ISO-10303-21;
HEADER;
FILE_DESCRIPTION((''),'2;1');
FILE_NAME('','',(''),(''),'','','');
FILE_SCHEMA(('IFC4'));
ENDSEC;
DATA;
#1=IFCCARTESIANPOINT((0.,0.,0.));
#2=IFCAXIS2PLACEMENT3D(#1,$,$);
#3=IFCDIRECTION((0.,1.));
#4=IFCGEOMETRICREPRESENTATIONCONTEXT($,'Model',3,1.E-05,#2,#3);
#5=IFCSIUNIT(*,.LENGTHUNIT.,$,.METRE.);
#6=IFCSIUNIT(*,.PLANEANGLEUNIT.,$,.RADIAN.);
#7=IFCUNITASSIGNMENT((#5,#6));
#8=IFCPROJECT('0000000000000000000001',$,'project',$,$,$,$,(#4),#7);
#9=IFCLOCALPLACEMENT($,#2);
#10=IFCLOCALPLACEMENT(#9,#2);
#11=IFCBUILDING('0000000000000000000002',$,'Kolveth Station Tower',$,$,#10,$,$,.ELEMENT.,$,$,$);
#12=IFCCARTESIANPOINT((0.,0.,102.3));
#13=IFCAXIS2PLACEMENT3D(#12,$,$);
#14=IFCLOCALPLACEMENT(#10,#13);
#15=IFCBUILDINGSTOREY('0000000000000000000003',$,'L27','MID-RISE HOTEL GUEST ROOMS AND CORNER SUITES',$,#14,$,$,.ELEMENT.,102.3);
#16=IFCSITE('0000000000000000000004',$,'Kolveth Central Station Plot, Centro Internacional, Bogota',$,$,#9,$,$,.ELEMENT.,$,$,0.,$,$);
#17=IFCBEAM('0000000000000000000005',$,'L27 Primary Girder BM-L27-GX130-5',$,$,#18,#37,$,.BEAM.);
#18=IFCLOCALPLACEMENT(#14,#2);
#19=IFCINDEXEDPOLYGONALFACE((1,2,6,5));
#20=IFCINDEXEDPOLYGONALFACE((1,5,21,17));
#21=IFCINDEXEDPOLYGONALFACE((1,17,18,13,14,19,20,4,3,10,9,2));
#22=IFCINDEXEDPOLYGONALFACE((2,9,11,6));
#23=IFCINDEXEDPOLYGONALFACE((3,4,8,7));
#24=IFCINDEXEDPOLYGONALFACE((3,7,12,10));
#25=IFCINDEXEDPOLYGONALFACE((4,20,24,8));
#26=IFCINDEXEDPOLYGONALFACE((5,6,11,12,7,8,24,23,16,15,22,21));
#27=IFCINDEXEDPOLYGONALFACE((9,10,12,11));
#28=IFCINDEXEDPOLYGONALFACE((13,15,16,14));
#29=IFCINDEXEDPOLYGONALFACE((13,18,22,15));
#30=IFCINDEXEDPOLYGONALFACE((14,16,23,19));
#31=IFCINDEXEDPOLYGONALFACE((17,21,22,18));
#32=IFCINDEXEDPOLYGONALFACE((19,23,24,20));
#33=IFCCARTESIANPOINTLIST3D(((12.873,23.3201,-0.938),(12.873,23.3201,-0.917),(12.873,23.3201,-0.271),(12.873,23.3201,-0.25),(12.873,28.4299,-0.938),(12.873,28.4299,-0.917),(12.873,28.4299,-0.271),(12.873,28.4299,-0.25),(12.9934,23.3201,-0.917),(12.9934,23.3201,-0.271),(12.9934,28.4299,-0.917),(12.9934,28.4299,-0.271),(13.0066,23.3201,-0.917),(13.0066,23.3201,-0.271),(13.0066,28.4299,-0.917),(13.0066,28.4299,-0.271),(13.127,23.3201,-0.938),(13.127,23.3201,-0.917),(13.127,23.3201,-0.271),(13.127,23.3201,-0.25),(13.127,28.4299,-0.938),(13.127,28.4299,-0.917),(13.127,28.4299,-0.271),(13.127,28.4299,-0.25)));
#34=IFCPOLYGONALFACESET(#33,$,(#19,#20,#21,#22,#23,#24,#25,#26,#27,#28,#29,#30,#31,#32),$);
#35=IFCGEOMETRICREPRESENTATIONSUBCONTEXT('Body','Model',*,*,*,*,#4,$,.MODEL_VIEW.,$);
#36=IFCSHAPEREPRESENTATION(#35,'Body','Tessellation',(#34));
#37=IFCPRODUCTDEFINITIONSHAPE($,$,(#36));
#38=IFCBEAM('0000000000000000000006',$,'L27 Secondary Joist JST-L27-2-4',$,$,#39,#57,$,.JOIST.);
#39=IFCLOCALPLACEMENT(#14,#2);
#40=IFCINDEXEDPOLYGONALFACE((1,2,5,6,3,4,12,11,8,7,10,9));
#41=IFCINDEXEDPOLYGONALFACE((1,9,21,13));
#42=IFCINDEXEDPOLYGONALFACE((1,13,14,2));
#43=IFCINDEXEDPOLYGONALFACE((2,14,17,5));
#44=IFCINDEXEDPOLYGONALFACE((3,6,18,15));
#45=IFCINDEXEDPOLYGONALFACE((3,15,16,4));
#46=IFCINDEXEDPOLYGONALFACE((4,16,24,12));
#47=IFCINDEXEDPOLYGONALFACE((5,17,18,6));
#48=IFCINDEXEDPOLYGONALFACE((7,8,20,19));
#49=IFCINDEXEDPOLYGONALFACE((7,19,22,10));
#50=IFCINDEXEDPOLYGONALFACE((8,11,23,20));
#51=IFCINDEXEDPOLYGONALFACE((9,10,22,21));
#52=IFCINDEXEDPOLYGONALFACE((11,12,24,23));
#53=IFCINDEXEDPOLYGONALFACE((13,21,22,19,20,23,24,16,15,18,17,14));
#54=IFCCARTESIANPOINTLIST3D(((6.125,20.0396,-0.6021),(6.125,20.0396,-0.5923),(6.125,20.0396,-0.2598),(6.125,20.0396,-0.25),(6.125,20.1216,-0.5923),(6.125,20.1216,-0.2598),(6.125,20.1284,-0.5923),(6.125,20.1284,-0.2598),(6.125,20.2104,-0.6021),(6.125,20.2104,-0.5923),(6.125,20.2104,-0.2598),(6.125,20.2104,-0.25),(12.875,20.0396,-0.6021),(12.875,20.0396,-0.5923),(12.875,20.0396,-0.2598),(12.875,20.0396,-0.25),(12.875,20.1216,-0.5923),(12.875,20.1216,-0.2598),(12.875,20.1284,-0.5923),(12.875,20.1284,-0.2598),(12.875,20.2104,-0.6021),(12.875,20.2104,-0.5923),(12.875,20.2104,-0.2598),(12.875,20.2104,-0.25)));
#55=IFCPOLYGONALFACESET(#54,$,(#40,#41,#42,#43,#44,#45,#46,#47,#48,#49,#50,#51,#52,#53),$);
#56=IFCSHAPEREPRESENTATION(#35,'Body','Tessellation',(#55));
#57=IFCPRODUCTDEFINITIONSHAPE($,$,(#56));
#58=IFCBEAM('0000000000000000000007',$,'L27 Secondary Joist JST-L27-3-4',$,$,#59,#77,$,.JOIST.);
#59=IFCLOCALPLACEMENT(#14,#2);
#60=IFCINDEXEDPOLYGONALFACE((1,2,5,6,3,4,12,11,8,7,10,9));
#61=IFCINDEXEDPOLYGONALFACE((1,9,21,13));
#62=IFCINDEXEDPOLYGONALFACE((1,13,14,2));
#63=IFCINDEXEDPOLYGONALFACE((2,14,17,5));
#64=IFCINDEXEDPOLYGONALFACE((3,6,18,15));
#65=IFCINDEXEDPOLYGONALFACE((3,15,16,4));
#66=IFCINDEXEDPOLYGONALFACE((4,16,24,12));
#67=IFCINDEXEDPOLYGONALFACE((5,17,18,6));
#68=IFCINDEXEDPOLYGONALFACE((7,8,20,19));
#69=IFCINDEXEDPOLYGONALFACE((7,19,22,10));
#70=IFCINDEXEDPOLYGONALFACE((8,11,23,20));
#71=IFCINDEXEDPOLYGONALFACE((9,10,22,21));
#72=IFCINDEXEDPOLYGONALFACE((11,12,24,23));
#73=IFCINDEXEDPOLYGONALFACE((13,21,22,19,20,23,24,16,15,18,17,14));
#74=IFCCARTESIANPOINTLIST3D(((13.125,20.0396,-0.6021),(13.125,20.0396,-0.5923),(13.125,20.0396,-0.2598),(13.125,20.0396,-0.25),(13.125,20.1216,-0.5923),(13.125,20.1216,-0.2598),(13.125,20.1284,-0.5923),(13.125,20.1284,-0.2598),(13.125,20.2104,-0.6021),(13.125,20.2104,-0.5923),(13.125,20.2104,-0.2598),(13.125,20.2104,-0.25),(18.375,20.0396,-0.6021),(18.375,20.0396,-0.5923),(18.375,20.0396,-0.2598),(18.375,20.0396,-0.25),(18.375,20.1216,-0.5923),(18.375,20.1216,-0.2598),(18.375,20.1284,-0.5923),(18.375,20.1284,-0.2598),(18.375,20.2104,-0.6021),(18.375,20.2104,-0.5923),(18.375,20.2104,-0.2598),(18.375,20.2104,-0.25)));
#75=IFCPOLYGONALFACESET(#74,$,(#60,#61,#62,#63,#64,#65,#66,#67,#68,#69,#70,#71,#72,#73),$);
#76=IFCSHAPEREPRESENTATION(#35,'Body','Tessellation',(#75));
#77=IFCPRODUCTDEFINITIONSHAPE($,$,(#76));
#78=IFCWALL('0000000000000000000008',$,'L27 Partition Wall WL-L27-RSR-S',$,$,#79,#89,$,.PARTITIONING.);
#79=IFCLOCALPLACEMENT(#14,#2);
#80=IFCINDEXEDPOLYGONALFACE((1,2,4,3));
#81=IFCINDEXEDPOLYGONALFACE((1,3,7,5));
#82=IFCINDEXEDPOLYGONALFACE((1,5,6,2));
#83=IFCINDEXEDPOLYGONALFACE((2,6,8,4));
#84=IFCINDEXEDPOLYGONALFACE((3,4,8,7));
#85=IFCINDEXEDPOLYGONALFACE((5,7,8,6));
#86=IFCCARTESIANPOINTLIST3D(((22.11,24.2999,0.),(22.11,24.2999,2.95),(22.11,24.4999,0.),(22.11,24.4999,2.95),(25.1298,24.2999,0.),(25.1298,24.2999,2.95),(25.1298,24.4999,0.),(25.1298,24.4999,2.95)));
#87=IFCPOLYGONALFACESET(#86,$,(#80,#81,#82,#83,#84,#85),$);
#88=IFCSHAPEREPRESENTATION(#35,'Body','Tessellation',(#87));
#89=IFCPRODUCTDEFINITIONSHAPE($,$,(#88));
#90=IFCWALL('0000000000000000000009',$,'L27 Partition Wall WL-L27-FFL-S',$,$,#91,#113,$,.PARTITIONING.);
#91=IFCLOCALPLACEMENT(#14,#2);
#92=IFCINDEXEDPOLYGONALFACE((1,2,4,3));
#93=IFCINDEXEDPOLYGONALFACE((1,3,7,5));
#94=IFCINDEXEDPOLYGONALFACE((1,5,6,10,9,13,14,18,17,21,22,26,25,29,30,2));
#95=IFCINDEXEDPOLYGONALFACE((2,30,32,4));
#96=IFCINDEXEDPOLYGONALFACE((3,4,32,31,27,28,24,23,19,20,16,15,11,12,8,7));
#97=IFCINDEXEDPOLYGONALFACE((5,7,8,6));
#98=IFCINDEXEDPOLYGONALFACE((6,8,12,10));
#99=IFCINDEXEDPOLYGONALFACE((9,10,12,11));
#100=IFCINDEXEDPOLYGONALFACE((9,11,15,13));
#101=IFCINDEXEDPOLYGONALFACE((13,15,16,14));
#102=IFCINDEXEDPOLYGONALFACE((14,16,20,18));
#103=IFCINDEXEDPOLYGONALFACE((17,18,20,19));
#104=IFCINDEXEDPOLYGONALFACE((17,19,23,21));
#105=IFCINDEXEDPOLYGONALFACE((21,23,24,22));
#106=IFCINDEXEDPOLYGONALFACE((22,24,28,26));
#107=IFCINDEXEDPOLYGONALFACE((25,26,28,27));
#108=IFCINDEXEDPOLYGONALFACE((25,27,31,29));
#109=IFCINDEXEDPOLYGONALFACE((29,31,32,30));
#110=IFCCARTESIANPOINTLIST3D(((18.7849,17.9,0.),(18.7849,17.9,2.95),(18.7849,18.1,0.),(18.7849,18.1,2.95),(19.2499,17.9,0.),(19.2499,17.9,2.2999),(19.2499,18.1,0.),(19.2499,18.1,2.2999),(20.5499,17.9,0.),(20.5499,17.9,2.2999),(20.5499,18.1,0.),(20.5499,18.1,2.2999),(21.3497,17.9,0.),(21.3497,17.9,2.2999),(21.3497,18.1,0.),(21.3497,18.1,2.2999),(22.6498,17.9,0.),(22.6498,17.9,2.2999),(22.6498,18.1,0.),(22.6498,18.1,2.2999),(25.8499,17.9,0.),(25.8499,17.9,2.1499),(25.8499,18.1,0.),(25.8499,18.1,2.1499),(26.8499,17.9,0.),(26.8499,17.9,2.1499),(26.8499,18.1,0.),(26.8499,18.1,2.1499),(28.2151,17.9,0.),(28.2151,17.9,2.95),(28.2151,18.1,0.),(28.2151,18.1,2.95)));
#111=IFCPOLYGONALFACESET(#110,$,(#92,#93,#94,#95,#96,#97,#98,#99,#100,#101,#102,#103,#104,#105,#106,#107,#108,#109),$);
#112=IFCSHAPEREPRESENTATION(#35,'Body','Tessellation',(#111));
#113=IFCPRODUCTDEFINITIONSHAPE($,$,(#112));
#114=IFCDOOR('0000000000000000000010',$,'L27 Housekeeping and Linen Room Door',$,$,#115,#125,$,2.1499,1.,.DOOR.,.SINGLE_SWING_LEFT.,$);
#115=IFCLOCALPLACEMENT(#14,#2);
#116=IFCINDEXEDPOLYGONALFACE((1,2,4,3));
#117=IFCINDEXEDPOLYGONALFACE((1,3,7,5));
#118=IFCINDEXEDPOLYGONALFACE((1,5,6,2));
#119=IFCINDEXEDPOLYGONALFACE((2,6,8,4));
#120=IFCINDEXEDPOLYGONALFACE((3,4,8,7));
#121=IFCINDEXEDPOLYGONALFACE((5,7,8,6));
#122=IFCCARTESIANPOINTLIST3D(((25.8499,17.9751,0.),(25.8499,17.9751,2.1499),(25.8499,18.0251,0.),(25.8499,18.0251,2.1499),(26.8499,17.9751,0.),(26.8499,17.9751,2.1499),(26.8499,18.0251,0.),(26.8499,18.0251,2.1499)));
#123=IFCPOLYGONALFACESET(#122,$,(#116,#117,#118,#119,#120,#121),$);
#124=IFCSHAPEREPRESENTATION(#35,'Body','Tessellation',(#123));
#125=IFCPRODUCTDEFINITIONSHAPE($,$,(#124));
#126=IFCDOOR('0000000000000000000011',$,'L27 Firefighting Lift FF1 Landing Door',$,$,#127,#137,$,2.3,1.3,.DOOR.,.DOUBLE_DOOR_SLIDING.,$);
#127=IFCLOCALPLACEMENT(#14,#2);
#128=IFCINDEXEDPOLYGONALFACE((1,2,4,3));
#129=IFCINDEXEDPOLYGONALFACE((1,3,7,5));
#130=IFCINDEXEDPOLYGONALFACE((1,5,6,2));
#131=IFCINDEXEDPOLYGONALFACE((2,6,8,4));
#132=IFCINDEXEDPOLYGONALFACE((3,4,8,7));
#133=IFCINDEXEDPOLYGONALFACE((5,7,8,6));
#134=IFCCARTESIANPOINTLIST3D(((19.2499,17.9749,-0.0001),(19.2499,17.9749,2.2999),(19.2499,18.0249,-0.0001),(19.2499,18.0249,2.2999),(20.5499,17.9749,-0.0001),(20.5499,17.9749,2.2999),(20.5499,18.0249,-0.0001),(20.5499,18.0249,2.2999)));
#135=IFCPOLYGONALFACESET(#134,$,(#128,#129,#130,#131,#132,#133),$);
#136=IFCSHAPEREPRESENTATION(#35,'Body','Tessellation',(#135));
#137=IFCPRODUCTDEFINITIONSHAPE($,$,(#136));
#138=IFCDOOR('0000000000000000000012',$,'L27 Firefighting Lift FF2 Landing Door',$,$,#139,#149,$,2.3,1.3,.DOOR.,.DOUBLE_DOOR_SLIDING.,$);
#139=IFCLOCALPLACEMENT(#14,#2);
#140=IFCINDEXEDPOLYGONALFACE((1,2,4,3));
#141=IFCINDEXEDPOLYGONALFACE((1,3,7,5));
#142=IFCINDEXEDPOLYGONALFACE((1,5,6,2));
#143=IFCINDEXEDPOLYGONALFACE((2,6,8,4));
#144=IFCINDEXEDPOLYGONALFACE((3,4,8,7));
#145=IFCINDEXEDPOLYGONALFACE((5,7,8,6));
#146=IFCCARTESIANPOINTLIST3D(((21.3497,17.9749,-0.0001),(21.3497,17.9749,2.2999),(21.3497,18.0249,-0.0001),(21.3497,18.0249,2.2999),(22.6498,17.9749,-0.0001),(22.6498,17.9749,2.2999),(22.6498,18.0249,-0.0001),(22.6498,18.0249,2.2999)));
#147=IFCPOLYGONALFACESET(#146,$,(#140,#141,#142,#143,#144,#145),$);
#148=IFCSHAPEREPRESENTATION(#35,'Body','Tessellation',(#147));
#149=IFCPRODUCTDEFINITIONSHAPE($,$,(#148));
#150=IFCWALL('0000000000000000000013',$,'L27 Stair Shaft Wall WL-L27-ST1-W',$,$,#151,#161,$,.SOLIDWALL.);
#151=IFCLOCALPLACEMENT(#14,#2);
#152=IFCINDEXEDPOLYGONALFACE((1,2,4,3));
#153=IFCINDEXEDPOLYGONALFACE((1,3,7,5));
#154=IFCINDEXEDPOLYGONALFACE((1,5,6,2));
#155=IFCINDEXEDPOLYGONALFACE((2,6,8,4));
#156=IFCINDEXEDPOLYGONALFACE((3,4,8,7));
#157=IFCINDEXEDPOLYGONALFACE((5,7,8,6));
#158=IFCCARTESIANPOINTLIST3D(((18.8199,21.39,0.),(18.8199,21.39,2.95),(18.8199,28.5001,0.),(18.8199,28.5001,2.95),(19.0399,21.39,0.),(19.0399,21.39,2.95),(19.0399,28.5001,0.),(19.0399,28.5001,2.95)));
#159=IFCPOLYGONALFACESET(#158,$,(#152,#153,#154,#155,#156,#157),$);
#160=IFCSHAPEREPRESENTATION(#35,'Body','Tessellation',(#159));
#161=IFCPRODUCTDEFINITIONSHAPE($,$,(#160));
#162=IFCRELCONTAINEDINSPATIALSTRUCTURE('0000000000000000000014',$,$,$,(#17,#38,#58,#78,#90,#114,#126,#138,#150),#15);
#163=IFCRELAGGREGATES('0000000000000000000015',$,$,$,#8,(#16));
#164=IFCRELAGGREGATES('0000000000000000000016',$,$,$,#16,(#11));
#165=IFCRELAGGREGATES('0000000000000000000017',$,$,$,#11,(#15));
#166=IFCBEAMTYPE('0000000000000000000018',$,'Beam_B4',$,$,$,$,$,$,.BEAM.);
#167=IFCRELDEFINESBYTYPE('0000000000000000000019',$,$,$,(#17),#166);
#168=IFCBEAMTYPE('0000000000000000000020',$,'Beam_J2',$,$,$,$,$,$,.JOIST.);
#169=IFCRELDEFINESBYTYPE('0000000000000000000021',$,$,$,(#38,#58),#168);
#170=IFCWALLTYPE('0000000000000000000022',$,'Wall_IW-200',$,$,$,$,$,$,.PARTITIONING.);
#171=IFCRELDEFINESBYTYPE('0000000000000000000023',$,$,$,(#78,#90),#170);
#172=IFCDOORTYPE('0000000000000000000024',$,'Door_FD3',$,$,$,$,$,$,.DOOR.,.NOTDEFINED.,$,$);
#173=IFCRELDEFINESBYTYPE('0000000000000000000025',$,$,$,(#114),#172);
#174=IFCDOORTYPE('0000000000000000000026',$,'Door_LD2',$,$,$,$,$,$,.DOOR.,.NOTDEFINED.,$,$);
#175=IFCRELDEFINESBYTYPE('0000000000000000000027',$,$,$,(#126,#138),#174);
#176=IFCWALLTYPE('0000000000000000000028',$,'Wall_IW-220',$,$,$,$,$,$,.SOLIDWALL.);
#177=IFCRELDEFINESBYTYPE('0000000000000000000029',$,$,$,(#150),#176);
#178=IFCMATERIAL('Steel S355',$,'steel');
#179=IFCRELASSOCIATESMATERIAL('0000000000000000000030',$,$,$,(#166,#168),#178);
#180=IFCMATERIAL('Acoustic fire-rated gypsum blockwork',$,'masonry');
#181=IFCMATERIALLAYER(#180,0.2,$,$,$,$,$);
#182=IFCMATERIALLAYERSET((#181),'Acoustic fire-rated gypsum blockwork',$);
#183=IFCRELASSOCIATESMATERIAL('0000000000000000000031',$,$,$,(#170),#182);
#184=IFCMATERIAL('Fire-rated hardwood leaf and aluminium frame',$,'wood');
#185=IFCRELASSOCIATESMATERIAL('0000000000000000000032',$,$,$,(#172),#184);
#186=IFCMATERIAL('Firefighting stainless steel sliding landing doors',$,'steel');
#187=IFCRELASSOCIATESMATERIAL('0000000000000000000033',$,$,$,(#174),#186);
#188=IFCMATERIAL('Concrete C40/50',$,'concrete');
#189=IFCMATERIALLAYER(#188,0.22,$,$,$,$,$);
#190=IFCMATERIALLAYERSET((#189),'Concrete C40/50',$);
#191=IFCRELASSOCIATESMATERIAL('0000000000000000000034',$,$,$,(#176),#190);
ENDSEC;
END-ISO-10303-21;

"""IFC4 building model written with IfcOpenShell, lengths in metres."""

from ifc_helpers import new_model, si_unit, direction, frame, frame_2d, origin, origin_2d, place, context, subcontext, project, spatial, rectangle, i_section, extrude, source, transform, mapped, material, layer, layer_set, material_profile, profile_set, type_object, element, fill, save


model = new_model("IFC4")

# Units and contexts
model_context = context("Model", 3, precision=1e-05, world=origin(), true_north=direction((0.0, 1.0)))
body_context = subcontext(model_context, "Body", "Model", "MODEL_VIEW")
ifc_project = project(units=[si_unit("LENGTHUNIT", "METRE"), si_unit("PLANEANGLEUNIT", "RADIAN")], contexts=[model_context])

# Site, building, storey
site_placement = place(None, origin())
site = spatial("IfcSite", under=ifc_project, at=site_placement, Name="Kolveth Central Station Plot, Centro Internacional, Bogota", CompositionType="ELEMENT", RefElevation=0.0)
building_placement = place(site_placement, origin())
building = spatial("IfcBuilding", under=site, at=building_placement, Name="Kolveth Station Tower", CompositionType="ELEMENT")
storey_placement = place(building_placement, frame((0.0, 0.0, 102.3)))
storey = spatial("IfcBuildingStorey", under=building, at=storey_placement, Name="L27", Description="MID-RISE HOTEL GUEST ROOMS AND CORNER SUITES", CompositionType="ELEMENT", Elevation=102.3)

# Shared definitions
ifc_material_1 = material(Name="Steel S355", Category="steel")

# Beams
ifc_material_profile_1 = material_profile(ifc_material_1, i_section(OverallWidth=0.2539, OverallDepth=0.688, WebThickness=0.0132, FlangeThickness=0.021, at=origin_2d()), Name="W690x152")
ifc_profile_set_1 = profile_set([ifc_material_profile_1], Name="Steel S355")
beam_type_1 = type_object("IfcBeamType", Name="Beam_B4", PredefinedType="BEAM", material=ifc_profile_set_1)
shared_shape_1 = source(origin(), body_context, "Body", "SweptSolid", [
    extrude(i_section(OverallWidth=0.2539, OverallDepth=0.688, WebThickness=0.0132, FlangeThickness=0.021, at=origin_2d()), origin(), (0.0, 0.0, 1.0), 5.1099),
])
for number, where, z_axis, x_axis, name in (
    (1, (13.0, 23.3201, -0.594), (0.0, 1.0, 0.0), (-1.0, 0.0, 0.0), "L27 Primary Girder BM-L27-GX130-5"),
):
    element("IfcBeam", number, at=place(storey_placement, frame(where, z_axis=z_axis, x_axis=x_axis)), inside=storey, type_object=beam_type_1, Name=name, PredefinedType="BEAM", context=body_context, shape_type="MappedRepresentation", body=[
        mapped(shared_shape_1, transform((0.0, 0.0, 0.0), x_axis=(1.0, 0.0, 0.0), y_axis=(0.0, 1.0, 0.0), z_axis=(0.0, 0.0, 1.0), scale=1.0)),
    ])
ifc_material_profile_2 = material_profile(ifc_material_1, i_section(OverallWidth=0.1709, OverallDepth=0.3521, WebThickness=0.0068, FlangeThickness=0.0098, at=origin_2d()), Name="W360x44")
ifc_profile_set_2 = profile_set([ifc_material_profile_2], Name="Steel S355")
beam_type_2 = type_object("IfcBeamType", Name="Beam_J2", PredefinedType="JOIST", material=ifc_profile_set_2)
shared_shape_2 = source(origin(), body_context, "Body", "SweptSolid", [
    extrude(i_section(OverallWidth=0.1709, OverallDepth=0.3521, WebThickness=0.0068, FlangeThickness=0.0098, at=origin_2d()), origin(), (0.0, 0.0, 1.0), 6.75),
])
beam_1_placement = place(storey_placement, frame((6.125, 20.125, -0.426), z_axis=(1.0, 0.0, 0.0), x_axis=(0.0, 1.0, 0.0)))
element("IfcBeam", 2, at=beam_1_placement, inside=storey, type_object=beam_type_2, Name="L27 Secondary Joist JST-L27-2-4", PredefinedType="JOIST", context=body_context, shape_type="MappedRepresentation", body=[
    mapped(shared_shape_2, transform((0.0, 0.0, 0.0), x_axis=(1.0, 0.0, 0.0), y_axis=(0.0, 1.0, 0.0), z_axis=(0.0, 0.0, 1.0), scale=1.0)),
])
shared_shape_3 = source(origin(), body_context, "Body", "SweptSolid", [
    extrude(i_section(OverallWidth=0.1709, OverallDepth=0.3521, WebThickness=0.0068, FlangeThickness=0.0098, at=origin_2d()), origin(), (0.0, 0.0, 1.0), 5.25),
])
beam_2_placement = place(storey_placement, frame((13.125, 20.125, -0.426), z_axis=(1.0, 0.0, 0.0), x_axis=(0.0, 1.0, 0.0)))
element("IfcBeam", 3, at=beam_2_placement, inside=storey, type_object=beam_type_2, Name="L27 Secondary Joist JST-L27-3-4", PredefinedType="JOIST", context=body_context, shape_type="MappedRepresentation", body=[
    mapped(shared_shape_3, transform((0.0, 0.0, 0.0), x_axis=(1.0, 0.0, 0.0), y_axis=(0.0, 1.0, 0.0), z_axis=(0.0, 0.0, 1.0), scale=1.0)),
])

# Wall
ifc_material_2 = material(Name="Acoustic fire-rated gypsum blockwork", Category="masonry")
ifc_layer_1 = layer(ifc_material_2, 0.2)
ifc_layer_set_1 = layer_set([ifc_layer_1], Name="Acoustic fire-rated gypsum blockwork")
wall_type_1 = type_object("IfcWallType", Name="Wall_IW-200", PredefinedType="PARTITIONING", material=ifc_layer_set_1)
wall_1_placement = place(storey_placement, frame((22.1101, 24.3999, 0.0), z_axis=(0.0, 0.0, 1.0), x_axis=(1.0, 0.0, 0.0)))
element("IfcWall", 4, at=wall_1_placement, inside=storey, type_object=wall_type_1, Name="L27 Partition Wall WL-L27-RSR-S", PredefinedType="PARTITIONING", context=body_context, shape_type="SweptSolid", body=[
    extrude(rectangle(XDim=3.0198, YDim=0.2, at=frame_2d((1.5098, 0.0))), origin(), (0.0, 0.0, 1.0), 2.95),
])

# Wall, openings, doors
wall_2_placement = place(storey_placement, frame((18.7849, 18.0, 0.0), z_axis=(0.0, 0.0, 1.0), x_axis=(1.0, 0.0, 0.0)))
wall_2 = element("IfcWall", 5, at=wall_2_placement, inside=storey, type_object=wall_type_1, Name="L27 Partition Wall WL-L27-FFL-S", PredefinedType="PARTITIONING", context=body_context, shape_type="SweptSolid", body=[
    extrude(rectangle(XDim=9.4302, YDim=0.2, at=frame_2d((4.7151, 0.0))), origin(), (0.0, 0.0, 1.0), 2.95),
])
opening_1_placement = place(wall_2_placement, frame((0.4651, 0.0, 0.0)))
opening_1 = element("IfcOpeningElement", 6, at=opening_1_placement, cuts=wall_2, PredefinedType="OPENING", context=body_context, shape_type="SweptSolid", body=[
    extrude(rectangle(XDim=1.3, YDim=2.3, at=frame_2d((0.6499, 1.1499))), frame((0.0, 0.1099, 0.0), z_axis=(0.0, -1.0, 0.0), x_axis=(1.0, 0.0, 0.0)), (0.0, 0.0, 1.0), 0.22),
])
opening_2_placement = place(wall_2_placement, frame((2.5649, 0.0, 0.0)))
opening_2 = element("IfcOpeningElement", 7, at=opening_2_placement, cuts=wall_2, PredefinedType="OPENING", context=body_context, shape_type="SweptSolid", body=[
    extrude(rectangle(XDim=1.3, YDim=2.3, at=frame_2d((0.6499, 1.1499))), frame((0.0, 0.1099, 0.0), z_axis=(0.0, -1.0, 0.0), x_axis=(1.0, 0.0, 0.0)), (0.0, 0.0, 1.0), 0.22),
])
opening_3_placement = place(wall_2_placement, frame((7.0649, 0.0, 0.0)))
opening_3 = element("IfcOpeningElement", 8, at=opening_3_placement, cuts=wall_2, PredefinedType="OPENING", context=body_context, shape_type="SweptSolid", body=[
    extrude(rectangle(XDim=1.0, YDim=2.1499, at=frame_2d((0.5, 1.075))), frame((0.0, 0.1099, 0.0), z_axis=(0.0, -1.0, 0.0), x_axis=(1.0, 0.0, 0.0)), (0.0, 0.0, 1.0), 0.22),
])
ifc_material_3 = material(Name="Fire-rated hardwood leaf and aluminium frame", Category="wood")
door_type_1 = type_object("IfcDoorType", Name="Door_FD3", OperationType="NOTDEFINED", PredefinedType="DOOR", material=ifc_material_3)
door_1_placement = place(opening_3_placement, frame((1.0, 0.0, 0.0), z_axis=(0.0, 0.0, 1.0), x_axis=(-1.0, 0.0, 0.0)))
door_1 = element("IfcDoor", 9, at=door_1_placement, inside=storey, type_object=door_type_1, Name="L27 Housekeeping and Linen Room Door", OperationType="SINGLE_SWING_LEFT", OverallHeight=2.1499, OverallWidth=1.0, PredefinedType="DOOR", context=body_context, shape_type="SweptSolid", body=[
    extrude(rectangle(XDim=1.0, YDim=2.1499, at=frame_2d((0.5, 1.075))), frame((0.0, 0.0249, 0.0), z_axis=(0.0, -1.0, 0.0), x_axis=(1.0, 0.0, 0.0)), (0.0, 0.0, 1.0), 0.05),
])
fill(opening_3, door_1)
ifc_material_4 = material(Name="Firefighting stainless steel sliding landing doors", Category="steel")
door_type_2 = type_object("IfcDoorType", Name="Door_LD2", OperationType="NOTDEFINED", PredefinedType="DOOR", material=ifc_material_4)
door_2_placement = place(opening_1_placement, origin())
door_2 = element("IfcDoor", 10, at=door_2_placement, inside=storey, type_object=door_type_2, Name="L27 Firefighting Lift FF1 Landing Door", OperationType="DOUBLE_DOOR_SLIDING", OverallHeight=2.3, OverallWidth=1.3, PredefinedType="DOOR", context=body_context, shape_type="SweptSolid", body=[
    extrude(rectangle(XDim=1.3, YDim=2.3, at=frame_2d((0.6499, 1.1499))), frame((0.0, 0.0249, 0.0), z_axis=(0.0, -1.0, 0.0), x_axis=(1.0, 0.0, 0.0)), (0.0, 0.0, 1.0), 0.05),
])
fill(opening_1, door_2)
door_3_placement = place(opening_2_placement, origin())
door_3 = element("IfcDoor", 11, at=door_3_placement, inside=storey, type_object=door_type_2, Name="L27 Firefighting Lift FF2 Landing Door", OperationType="DOUBLE_DOOR_SLIDING", OverallHeight=2.3, OverallWidth=1.3, PredefinedType="DOOR", context=body_context, shape_type="SweptSolid", body=[
    extrude(rectangle(XDim=1.3, YDim=2.3, at=frame_2d((0.6499, 1.1499))), frame((0.0, 0.0249, 0.0), z_axis=(0.0, -1.0, 0.0), x_axis=(1.0, 0.0, 0.0)), (0.0, 0.0, 1.0), 0.05),
])
fill(opening_2, door_3)

# Wall
ifc_material_5 = material(Name="Concrete C40/50", Category="concrete")
ifc_layer_2 = layer(ifc_material_5, 0.22)
ifc_layer_set_2 = layer_set([ifc_layer_2], Name="Concrete C40/50")
wall_type_2 = type_object("IfcWallType", Name="Wall_IW-220", PredefinedType="SOLIDWALL", material=ifc_layer_set_2)
for number, where, z_axis, x_axis, name in (
    (12, (18.9299, 21.3899, 0.0), (0.0, 0.0, 1.0), (0.0, 1.0, 0.0), "L27 Stair Shaft Wall WL-L27-ST1-W"),
):
    element("IfcWall", number, at=place(storey_placement, frame(where, z_axis=z_axis, x_axis=x_axis)), inside=storey, type_object=wall_type_2, Name=name, PredefinedType="SOLIDWALL", context=body_context, shape_type="SweptSolid", body=[
        extrude(rectangle(XDim=7.1101, YDim=0.22, at=frame_2d((3.5552, 0.0))), origin(), (0.0, 0.0, 1.0), 2.95),
    ])

save(model, "model.ifc")
